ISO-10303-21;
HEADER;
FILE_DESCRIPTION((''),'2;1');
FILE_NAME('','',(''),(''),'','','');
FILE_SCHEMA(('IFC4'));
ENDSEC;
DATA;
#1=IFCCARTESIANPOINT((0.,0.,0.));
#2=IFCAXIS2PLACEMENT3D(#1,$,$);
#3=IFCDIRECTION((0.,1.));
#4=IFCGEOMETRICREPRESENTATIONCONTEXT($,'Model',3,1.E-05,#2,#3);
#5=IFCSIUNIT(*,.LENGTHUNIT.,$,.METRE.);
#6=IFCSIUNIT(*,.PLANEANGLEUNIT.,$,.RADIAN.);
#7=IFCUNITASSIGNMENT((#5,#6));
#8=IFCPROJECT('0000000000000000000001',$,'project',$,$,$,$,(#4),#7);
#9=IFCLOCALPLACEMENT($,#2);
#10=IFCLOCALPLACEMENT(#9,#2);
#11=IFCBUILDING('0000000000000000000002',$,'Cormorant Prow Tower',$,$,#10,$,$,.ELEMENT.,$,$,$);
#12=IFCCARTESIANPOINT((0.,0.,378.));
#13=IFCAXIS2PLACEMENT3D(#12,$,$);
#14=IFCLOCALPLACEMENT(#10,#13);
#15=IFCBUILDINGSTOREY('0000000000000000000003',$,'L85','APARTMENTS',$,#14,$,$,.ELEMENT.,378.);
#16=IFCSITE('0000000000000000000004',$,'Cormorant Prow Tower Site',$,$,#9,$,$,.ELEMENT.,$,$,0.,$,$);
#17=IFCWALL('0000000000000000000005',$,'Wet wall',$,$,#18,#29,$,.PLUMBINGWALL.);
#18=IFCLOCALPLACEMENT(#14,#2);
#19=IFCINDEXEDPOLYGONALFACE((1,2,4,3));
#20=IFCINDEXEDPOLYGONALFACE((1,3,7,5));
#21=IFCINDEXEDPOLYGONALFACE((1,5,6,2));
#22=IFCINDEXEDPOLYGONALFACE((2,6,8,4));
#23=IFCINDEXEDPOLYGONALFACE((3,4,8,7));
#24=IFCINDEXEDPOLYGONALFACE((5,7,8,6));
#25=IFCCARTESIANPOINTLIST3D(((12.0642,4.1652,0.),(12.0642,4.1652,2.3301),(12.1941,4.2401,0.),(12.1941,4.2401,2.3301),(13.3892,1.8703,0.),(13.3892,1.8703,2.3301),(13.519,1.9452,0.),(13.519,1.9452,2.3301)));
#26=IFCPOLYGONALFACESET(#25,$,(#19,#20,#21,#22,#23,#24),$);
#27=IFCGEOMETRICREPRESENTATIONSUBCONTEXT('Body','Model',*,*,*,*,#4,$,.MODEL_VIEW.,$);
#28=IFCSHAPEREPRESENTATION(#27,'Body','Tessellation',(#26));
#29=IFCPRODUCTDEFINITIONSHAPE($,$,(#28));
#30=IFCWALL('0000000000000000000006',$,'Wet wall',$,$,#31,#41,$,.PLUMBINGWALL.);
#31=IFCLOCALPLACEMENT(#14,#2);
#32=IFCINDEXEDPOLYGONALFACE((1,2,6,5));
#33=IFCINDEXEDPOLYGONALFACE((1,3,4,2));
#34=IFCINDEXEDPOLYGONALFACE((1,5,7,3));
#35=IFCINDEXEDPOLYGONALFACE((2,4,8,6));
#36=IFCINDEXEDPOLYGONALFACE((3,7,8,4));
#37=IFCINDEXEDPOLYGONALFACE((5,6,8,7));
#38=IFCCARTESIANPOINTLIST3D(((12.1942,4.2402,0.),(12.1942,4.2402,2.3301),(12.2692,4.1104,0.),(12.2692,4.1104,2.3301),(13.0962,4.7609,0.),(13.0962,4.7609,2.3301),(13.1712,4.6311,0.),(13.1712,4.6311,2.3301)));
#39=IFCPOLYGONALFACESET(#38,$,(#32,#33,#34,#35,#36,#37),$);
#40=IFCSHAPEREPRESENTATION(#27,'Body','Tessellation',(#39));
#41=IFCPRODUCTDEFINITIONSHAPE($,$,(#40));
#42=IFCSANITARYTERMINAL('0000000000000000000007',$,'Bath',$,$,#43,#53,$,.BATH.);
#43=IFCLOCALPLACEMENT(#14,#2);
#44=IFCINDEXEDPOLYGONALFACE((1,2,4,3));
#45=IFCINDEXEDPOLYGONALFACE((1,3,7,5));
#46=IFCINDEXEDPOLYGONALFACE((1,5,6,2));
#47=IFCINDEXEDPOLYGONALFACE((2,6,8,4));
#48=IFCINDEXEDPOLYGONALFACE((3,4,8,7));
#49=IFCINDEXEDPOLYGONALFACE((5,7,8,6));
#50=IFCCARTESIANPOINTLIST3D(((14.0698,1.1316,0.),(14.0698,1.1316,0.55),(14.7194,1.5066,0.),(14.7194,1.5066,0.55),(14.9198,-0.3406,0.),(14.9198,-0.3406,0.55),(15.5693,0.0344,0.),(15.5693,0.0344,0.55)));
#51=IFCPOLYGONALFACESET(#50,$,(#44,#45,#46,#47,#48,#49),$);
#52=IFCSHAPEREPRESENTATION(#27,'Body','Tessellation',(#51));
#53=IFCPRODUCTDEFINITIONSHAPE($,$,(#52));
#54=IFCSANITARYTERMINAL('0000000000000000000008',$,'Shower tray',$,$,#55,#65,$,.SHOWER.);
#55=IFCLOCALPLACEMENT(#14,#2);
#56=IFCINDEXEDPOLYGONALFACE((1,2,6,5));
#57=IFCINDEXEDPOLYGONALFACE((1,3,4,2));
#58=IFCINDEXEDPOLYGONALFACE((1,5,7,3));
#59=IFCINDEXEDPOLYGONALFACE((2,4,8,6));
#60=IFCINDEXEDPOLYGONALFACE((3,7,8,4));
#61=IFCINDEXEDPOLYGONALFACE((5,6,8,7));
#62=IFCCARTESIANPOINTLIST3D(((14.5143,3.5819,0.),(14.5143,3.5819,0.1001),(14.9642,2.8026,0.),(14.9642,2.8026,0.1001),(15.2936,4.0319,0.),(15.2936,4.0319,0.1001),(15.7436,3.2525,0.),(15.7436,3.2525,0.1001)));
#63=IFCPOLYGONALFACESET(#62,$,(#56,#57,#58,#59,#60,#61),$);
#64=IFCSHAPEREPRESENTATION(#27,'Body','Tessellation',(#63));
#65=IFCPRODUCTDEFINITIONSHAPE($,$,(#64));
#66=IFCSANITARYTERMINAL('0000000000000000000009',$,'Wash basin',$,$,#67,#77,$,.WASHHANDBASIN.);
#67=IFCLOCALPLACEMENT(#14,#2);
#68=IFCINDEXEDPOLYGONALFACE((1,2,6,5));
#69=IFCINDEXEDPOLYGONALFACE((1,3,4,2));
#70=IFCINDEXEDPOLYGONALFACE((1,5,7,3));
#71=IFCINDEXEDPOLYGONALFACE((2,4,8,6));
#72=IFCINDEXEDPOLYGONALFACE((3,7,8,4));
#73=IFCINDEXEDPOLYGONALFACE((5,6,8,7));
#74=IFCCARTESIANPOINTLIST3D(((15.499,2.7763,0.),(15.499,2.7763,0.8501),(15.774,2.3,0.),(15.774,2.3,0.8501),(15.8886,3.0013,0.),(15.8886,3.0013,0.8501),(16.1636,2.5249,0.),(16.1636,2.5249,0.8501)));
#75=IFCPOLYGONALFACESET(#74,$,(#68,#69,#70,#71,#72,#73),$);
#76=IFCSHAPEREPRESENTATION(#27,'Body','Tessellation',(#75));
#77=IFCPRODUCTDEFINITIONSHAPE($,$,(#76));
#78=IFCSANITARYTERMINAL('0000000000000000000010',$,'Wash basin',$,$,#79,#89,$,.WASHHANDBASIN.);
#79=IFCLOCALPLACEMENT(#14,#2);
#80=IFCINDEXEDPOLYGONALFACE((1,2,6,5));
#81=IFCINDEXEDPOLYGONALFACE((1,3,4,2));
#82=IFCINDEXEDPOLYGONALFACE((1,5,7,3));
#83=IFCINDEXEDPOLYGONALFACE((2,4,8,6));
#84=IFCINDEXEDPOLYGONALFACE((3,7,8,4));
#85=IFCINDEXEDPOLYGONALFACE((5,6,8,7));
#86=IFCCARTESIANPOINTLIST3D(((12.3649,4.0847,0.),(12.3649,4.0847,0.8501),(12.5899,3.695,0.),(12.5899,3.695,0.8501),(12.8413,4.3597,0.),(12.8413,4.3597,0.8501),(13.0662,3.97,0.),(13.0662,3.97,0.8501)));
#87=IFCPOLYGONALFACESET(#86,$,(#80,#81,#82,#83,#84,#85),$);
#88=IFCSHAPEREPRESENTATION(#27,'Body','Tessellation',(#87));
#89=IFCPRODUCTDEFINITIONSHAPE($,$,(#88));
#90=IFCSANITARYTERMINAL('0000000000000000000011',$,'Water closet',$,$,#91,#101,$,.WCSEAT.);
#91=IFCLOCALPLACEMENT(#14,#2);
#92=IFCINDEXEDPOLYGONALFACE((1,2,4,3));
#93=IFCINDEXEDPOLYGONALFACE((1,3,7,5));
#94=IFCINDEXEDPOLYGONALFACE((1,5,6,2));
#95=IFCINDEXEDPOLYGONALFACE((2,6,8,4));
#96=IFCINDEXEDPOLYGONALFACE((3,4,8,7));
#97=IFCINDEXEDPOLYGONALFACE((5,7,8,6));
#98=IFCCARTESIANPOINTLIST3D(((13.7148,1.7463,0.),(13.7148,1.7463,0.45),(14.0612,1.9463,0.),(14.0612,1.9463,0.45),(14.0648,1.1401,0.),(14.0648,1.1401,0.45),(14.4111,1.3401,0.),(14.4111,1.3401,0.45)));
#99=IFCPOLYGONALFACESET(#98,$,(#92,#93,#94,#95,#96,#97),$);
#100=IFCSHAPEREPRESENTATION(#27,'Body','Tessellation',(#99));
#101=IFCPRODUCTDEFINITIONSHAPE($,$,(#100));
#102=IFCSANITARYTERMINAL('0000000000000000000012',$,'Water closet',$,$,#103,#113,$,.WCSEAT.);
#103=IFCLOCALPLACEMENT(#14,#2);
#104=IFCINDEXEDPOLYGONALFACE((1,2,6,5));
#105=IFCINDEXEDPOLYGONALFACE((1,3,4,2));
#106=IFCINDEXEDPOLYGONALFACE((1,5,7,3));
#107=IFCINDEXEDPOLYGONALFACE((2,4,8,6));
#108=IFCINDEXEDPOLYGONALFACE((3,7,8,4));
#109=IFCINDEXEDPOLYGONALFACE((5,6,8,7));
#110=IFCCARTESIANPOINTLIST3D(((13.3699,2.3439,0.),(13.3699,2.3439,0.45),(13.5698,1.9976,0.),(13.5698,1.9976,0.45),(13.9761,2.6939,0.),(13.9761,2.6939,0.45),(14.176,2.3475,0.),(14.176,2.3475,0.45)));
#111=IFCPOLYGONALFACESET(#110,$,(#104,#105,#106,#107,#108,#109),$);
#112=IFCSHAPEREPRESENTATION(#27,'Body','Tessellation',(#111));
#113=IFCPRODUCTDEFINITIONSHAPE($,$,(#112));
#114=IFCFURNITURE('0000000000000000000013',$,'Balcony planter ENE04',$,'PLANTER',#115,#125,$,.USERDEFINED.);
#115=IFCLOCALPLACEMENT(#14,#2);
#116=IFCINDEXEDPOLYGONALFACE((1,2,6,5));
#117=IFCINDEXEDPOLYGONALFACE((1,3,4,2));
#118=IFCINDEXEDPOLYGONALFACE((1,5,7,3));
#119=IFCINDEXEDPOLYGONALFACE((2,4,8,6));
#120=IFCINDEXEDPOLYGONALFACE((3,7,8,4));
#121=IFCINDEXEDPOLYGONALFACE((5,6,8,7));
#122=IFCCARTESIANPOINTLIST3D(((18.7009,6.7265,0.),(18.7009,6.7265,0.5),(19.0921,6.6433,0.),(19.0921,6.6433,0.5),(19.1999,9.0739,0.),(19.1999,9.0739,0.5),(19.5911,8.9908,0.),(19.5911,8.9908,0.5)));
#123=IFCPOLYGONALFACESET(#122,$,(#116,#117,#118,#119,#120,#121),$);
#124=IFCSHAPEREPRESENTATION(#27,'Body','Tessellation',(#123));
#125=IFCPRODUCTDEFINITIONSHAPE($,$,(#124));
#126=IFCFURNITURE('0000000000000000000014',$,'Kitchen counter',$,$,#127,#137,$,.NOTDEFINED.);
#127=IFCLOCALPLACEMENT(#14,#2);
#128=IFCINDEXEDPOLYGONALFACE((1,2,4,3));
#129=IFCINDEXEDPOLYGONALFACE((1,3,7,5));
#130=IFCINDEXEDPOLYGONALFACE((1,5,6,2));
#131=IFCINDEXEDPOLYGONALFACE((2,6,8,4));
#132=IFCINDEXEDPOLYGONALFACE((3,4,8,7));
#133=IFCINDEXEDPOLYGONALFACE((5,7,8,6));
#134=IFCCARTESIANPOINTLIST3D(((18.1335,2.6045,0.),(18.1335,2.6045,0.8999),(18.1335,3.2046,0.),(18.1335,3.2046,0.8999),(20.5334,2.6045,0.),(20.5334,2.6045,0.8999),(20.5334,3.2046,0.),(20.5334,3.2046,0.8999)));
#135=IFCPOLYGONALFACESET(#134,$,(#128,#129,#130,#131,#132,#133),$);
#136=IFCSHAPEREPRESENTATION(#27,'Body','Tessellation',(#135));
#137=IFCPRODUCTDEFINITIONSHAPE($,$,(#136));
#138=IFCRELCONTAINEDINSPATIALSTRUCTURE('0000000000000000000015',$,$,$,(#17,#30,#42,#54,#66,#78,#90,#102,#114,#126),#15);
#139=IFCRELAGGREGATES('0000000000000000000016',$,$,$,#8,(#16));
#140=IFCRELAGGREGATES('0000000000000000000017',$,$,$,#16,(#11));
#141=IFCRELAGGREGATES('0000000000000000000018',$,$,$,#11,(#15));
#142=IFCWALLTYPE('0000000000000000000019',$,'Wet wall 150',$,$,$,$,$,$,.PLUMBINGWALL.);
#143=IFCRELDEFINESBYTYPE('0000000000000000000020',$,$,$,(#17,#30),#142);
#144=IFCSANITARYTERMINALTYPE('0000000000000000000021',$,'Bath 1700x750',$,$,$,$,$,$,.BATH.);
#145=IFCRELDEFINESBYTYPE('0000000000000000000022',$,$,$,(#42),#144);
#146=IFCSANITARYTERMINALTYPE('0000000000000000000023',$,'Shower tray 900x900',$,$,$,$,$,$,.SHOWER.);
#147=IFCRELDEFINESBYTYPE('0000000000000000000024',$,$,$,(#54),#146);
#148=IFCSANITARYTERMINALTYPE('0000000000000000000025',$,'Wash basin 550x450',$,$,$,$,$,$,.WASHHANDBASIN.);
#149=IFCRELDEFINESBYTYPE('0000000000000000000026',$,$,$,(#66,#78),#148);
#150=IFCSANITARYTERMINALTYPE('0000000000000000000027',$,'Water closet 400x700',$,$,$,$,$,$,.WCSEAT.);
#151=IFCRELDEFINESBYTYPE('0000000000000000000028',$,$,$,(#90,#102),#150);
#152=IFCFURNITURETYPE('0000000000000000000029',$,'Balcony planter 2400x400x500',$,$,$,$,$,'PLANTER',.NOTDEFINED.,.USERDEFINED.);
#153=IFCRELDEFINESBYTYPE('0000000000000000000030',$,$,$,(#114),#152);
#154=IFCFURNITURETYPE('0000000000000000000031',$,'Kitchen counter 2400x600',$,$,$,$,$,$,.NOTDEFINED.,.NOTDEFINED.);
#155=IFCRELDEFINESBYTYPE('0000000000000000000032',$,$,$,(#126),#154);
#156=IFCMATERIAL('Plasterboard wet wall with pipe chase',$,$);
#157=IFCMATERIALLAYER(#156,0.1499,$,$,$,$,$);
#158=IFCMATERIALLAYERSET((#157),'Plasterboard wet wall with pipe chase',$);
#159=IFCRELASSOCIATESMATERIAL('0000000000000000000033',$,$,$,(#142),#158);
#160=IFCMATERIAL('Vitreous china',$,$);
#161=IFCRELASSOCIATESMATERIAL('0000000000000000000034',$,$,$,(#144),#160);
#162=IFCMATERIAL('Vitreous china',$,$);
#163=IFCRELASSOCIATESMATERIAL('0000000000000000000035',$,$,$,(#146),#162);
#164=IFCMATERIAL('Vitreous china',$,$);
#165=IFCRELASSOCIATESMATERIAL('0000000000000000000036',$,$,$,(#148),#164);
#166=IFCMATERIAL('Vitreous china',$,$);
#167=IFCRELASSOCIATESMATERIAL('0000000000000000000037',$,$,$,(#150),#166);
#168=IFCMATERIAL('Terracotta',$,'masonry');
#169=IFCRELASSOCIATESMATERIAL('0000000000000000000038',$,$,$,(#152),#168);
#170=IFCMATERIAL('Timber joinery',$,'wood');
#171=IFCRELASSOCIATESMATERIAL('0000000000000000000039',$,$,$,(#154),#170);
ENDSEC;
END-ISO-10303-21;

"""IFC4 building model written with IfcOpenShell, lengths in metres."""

from ifc_helpers import new_model, si_unit, direction, frame, frame_2d, origin, origin_2d, place, context, subcontext, project, spatial, rectangle, extrude, material, layer, layer_set, type_object, element, save


model = new_model("IFC4")

# Units and contexts
model_context = context("Model", 3, precision=1e-05, world=origin(), true_north=direction((0.0, 1.0)))
body_context = subcontext(model_context, "Body", "Model", "MODEL_VIEW")
ifc_project = project(units=[si_unit("LENGTHUNIT", "METRE"), si_unit("PLANEANGLEUNIT", "RADIAN")], contexts=[model_context])

# Site, building, storey
site_placement = place(None, origin())
site = spatial("IfcSite", under=ifc_project, at=site_placement, Name="Cormorant Prow Tower Site", CompositionType="ELEMENT", RefElevation=0.0)
building_placement = place(site_placement, origin())
building = spatial("IfcBuilding", under=site, at=building_placement, Name="Cormorant Prow Tower", CompositionType="ELEMENT")
storey_placement = place(building_placement, frame((0.0, 0.0, 378.0)))
storey = spatial("IfcBuildingStorey", under=building, at=storey_placement, Name="L85", Description="APARTMENTS", CompositionType="ELEMENT", Elevation=378.0)

# Walls
ifc_material_1 = material(Name="Plasterboard wet wall with pipe chase")
ifc_layer_1 = layer(ifc_material_1, 0.1499)
ifc_layer_set_1 = layer_set([ifc_layer_1], Name="Plasterboard wet wall with pipe chase")
wall_type_1 = type_object("IfcWallType", Name="Wet wall 150", PredefinedType="PLUMBINGWALL", material=ifc_layer_set_1)
wall_1_placement = place(storey_placement, frame((12.1292, 4.2026, 0.0), z_axis=(0.0, 0.0, 1.0), x_axis=(0.499994, -0.866029, 0.0)))
element("IfcWall", 1, at=wall_1_placement, inside=storey, type_object=wall_type_1, Name="Wet wall", PredefinedType="PLUMBINGWALL", context=body_context, shape_type="SweptSolid", body=[
    extrude(rectangle(XDim=2.6499, YDim=0.1499, at=frame_2d((1.325, 0.0))), origin(), (0.0, 0.0, 1.0), 2.3301),
])
wall_2_placement = place(storey_placement, frame((12.2317, 4.1753, 0.0), z_axis=(0.0, 0.0, 1.0), x_axis=(0.866057, 0.499946, 0.0)))
element("IfcWall", 2, at=wall_2_placement, inside=storey, type_object=wall_type_1, Name="Wet wall", PredefinedType="PLUMBINGWALL", context=body_context, shape_type="SweptSolid", body=[
    extrude(rectangle(XDim=1.0415, YDim=0.1499, at=frame_2d((0.5208, 0.0))), origin(), (0.0, 0.0, 1.0), 2.3301),
])

# Sanitary terminals
ifc_material_2 = material(Name="Vitreous china")
sanitary_terminal_type_1 = type_object("IfcSanitaryTerminalType", Name="Bath 1700x750", PredefinedType="BATH", material=ifc_material_2)
sanitary_terminal_1_placement = place(storey_placement, frame((14.8196, 0.583, 0.0), z_axis=(0.0, 0.0, 1.0), x_axis=(-0.5, 0.866025, 0.0)))
element("IfcSanitaryTerminal", 3, at=sanitary_terminal_1_placement, inside=storey, type_object=sanitary_terminal_type_1, Name="Bath", PredefinedType="BATH", context=body_context, shape_type="SweptSolid", body=[
    extrude(rectangle(XDim=1.7, YDim=0.75, at=origin_2d()), origin(), (0.0, 0.0, 1.0), 0.55),
])
ifc_material_3 = material(Name="Vitreous china")
sanitary_terminal_type_2 = type_object("IfcSanitaryTerminalType", Name="Shower tray 900x900", PredefinedType="SHOWER", material=ifc_material_3)
sanitary_terminal_2_placement = place(storey_placement, frame((15.1289, 3.4172, 0.0), z_axis=(0.0, 0.0, 1.0), x_axis=(-0.866025, -0.5, 0.0)))
element("IfcSanitaryTerminal", 4, at=sanitary_terminal_2_placement, inside=storey, type_object=sanitary_terminal_type_2, Name="Shower tray", PredefinedType="SHOWER", context=body_context, shape_type="SweptSolid", body=[
    extrude(rectangle(XDim=0.8999, YDim=0.8999, at=origin_2d()), origin(), (0.0, 0.0, 1.0), 0.1001),
])
ifc_material_4 = material(Name="Vitreous china")
sanitary_terminal_type_3 = type_object("IfcSanitaryTerminalType", Name="Wash basin 550x450", PredefinedType="WASHHANDBASIN", material=ifc_material_4)
for number, where, z_axis, x_axis, name in (
    (5, (15.8313, 2.6506, 0.0), (0.0, 0.0, 1.0), (0.5, -0.866025, 0.0), "Wash basin"),
    (6, (12.7156, 4.0273, 0.0), (0.0, 0.0, 1.0), (0.866025, 0.5, 0.0), "Wash basin"),
):
    element("IfcSanitaryTerminal", number, at=place(storey_placement, frame(where, z_axis=z_axis, x_axis=x_axis)), inside=storey, type_object=sanitary_terminal_type_3, Name=name, PredefinedType="WASHHANDBASIN", context=body_context, shape_type="SweptSolid", body=[
        extrude(rectangle(XDim=0.55, YDim=0.45, at=origin_2d()), origin(), (0.0, 0.0, 1.0), 0.8501),
    ])
ifc_material_5 = material(Name="Vitreous china")
sanitary_terminal_type_4 = type_object("IfcSanitaryTerminalType", Name="Water closet 400x700", PredefinedType="WCSEAT", material=ifc_material_5)
for number, where, z_axis, x_axis, name in (
    (7, (14.063, 1.5432, 0.0), (0.0, 0.0, 1.0), (0.866025, 0.5, 0.0), "Water closet"),
    (8, (13.7729, 2.3457, 0.0), (0.0, 0.0, 1.0), (-0.5, 0.866025, 0.0), "Water closet"),
):
    element("IfcSanitaryTerminal", number, at=place(storey_placement, frame(where, z_axis=z_axis, x_axis=x_axis)), inside=storey, type_object=sanitary_terminal_type_4, Name=name, PredefinedType="WCSEAT", context=body_context, shape_type="SweptSolid", body=[
        extrude(rectangle(XDim=0.3999, YDim=0.7, at=origin_2d()), origin(), (0.0, 0.0, 1.0), 0.45),
    ])

# Furniture
ifc_material_6 = material(Name="Terracotta", Category="masonry")
furniture_type_1 = type_object("IfcFurnitureType", Name="Balcony planter 2400x400x500", ElementType="PLANTER", AssemblyPlace="NOTDEFINED", PredefinedType="USERDEFINED", material=ifc_material_6)
furniture_1_placement = place(storey_placement, frame((19.146, 7.8586, 0.0), z_axis=(0.0, 0.0, 1.0), x_axis=(0.207912, 0.978148, 0.0)))
element("IfcFurniture", 9, at=furniture_1_placement, inside=storey, type_object=furniture_type_1, Name="Balcony planter ENE04", ObjectType="PLANTER", PredefinedType="USERDEFINED", context=body_context, shape_type="SweptSolid", body=[
    extrude(rectangle(XDim=2.3999, YDim=0.3999, at=origin_2d()), origin(), (0.0, 0.0, 1.0), 0.5),
])
ifc_material_7 = material(Name="Timber joinery", Category="wood")
furniture_type_2 = type_object("IfcFurnitureType", Name="Kitchen counter 2400x600", AssemblyPlace="NOTDEFINED", PredefinedType="NOTDEFINED", material=ifc_material_7)
furniture_2_placement = place(storey_placement, frame((19.3335, 2.9045, 0.0), z_axis=(0.0, 0.0, 1.0), x_axis=(1.0, 0.0, 0.0)))
element("IfcFurniture", 10, at=furniture_2_placement, inside=storey, type_object=furniture_type_2, Name="Kitchen counter", PredefinedType="NOTDEFINED", context=body_context, shape_type="SweptSolid", body=[
    extrude(rectangle(XDim=2.3999, YDim=0.6001, at=origin_2d()), origin(), (0.0, 0.0, 1.0), 0.8999),
])

save(model, "model.ifc")
